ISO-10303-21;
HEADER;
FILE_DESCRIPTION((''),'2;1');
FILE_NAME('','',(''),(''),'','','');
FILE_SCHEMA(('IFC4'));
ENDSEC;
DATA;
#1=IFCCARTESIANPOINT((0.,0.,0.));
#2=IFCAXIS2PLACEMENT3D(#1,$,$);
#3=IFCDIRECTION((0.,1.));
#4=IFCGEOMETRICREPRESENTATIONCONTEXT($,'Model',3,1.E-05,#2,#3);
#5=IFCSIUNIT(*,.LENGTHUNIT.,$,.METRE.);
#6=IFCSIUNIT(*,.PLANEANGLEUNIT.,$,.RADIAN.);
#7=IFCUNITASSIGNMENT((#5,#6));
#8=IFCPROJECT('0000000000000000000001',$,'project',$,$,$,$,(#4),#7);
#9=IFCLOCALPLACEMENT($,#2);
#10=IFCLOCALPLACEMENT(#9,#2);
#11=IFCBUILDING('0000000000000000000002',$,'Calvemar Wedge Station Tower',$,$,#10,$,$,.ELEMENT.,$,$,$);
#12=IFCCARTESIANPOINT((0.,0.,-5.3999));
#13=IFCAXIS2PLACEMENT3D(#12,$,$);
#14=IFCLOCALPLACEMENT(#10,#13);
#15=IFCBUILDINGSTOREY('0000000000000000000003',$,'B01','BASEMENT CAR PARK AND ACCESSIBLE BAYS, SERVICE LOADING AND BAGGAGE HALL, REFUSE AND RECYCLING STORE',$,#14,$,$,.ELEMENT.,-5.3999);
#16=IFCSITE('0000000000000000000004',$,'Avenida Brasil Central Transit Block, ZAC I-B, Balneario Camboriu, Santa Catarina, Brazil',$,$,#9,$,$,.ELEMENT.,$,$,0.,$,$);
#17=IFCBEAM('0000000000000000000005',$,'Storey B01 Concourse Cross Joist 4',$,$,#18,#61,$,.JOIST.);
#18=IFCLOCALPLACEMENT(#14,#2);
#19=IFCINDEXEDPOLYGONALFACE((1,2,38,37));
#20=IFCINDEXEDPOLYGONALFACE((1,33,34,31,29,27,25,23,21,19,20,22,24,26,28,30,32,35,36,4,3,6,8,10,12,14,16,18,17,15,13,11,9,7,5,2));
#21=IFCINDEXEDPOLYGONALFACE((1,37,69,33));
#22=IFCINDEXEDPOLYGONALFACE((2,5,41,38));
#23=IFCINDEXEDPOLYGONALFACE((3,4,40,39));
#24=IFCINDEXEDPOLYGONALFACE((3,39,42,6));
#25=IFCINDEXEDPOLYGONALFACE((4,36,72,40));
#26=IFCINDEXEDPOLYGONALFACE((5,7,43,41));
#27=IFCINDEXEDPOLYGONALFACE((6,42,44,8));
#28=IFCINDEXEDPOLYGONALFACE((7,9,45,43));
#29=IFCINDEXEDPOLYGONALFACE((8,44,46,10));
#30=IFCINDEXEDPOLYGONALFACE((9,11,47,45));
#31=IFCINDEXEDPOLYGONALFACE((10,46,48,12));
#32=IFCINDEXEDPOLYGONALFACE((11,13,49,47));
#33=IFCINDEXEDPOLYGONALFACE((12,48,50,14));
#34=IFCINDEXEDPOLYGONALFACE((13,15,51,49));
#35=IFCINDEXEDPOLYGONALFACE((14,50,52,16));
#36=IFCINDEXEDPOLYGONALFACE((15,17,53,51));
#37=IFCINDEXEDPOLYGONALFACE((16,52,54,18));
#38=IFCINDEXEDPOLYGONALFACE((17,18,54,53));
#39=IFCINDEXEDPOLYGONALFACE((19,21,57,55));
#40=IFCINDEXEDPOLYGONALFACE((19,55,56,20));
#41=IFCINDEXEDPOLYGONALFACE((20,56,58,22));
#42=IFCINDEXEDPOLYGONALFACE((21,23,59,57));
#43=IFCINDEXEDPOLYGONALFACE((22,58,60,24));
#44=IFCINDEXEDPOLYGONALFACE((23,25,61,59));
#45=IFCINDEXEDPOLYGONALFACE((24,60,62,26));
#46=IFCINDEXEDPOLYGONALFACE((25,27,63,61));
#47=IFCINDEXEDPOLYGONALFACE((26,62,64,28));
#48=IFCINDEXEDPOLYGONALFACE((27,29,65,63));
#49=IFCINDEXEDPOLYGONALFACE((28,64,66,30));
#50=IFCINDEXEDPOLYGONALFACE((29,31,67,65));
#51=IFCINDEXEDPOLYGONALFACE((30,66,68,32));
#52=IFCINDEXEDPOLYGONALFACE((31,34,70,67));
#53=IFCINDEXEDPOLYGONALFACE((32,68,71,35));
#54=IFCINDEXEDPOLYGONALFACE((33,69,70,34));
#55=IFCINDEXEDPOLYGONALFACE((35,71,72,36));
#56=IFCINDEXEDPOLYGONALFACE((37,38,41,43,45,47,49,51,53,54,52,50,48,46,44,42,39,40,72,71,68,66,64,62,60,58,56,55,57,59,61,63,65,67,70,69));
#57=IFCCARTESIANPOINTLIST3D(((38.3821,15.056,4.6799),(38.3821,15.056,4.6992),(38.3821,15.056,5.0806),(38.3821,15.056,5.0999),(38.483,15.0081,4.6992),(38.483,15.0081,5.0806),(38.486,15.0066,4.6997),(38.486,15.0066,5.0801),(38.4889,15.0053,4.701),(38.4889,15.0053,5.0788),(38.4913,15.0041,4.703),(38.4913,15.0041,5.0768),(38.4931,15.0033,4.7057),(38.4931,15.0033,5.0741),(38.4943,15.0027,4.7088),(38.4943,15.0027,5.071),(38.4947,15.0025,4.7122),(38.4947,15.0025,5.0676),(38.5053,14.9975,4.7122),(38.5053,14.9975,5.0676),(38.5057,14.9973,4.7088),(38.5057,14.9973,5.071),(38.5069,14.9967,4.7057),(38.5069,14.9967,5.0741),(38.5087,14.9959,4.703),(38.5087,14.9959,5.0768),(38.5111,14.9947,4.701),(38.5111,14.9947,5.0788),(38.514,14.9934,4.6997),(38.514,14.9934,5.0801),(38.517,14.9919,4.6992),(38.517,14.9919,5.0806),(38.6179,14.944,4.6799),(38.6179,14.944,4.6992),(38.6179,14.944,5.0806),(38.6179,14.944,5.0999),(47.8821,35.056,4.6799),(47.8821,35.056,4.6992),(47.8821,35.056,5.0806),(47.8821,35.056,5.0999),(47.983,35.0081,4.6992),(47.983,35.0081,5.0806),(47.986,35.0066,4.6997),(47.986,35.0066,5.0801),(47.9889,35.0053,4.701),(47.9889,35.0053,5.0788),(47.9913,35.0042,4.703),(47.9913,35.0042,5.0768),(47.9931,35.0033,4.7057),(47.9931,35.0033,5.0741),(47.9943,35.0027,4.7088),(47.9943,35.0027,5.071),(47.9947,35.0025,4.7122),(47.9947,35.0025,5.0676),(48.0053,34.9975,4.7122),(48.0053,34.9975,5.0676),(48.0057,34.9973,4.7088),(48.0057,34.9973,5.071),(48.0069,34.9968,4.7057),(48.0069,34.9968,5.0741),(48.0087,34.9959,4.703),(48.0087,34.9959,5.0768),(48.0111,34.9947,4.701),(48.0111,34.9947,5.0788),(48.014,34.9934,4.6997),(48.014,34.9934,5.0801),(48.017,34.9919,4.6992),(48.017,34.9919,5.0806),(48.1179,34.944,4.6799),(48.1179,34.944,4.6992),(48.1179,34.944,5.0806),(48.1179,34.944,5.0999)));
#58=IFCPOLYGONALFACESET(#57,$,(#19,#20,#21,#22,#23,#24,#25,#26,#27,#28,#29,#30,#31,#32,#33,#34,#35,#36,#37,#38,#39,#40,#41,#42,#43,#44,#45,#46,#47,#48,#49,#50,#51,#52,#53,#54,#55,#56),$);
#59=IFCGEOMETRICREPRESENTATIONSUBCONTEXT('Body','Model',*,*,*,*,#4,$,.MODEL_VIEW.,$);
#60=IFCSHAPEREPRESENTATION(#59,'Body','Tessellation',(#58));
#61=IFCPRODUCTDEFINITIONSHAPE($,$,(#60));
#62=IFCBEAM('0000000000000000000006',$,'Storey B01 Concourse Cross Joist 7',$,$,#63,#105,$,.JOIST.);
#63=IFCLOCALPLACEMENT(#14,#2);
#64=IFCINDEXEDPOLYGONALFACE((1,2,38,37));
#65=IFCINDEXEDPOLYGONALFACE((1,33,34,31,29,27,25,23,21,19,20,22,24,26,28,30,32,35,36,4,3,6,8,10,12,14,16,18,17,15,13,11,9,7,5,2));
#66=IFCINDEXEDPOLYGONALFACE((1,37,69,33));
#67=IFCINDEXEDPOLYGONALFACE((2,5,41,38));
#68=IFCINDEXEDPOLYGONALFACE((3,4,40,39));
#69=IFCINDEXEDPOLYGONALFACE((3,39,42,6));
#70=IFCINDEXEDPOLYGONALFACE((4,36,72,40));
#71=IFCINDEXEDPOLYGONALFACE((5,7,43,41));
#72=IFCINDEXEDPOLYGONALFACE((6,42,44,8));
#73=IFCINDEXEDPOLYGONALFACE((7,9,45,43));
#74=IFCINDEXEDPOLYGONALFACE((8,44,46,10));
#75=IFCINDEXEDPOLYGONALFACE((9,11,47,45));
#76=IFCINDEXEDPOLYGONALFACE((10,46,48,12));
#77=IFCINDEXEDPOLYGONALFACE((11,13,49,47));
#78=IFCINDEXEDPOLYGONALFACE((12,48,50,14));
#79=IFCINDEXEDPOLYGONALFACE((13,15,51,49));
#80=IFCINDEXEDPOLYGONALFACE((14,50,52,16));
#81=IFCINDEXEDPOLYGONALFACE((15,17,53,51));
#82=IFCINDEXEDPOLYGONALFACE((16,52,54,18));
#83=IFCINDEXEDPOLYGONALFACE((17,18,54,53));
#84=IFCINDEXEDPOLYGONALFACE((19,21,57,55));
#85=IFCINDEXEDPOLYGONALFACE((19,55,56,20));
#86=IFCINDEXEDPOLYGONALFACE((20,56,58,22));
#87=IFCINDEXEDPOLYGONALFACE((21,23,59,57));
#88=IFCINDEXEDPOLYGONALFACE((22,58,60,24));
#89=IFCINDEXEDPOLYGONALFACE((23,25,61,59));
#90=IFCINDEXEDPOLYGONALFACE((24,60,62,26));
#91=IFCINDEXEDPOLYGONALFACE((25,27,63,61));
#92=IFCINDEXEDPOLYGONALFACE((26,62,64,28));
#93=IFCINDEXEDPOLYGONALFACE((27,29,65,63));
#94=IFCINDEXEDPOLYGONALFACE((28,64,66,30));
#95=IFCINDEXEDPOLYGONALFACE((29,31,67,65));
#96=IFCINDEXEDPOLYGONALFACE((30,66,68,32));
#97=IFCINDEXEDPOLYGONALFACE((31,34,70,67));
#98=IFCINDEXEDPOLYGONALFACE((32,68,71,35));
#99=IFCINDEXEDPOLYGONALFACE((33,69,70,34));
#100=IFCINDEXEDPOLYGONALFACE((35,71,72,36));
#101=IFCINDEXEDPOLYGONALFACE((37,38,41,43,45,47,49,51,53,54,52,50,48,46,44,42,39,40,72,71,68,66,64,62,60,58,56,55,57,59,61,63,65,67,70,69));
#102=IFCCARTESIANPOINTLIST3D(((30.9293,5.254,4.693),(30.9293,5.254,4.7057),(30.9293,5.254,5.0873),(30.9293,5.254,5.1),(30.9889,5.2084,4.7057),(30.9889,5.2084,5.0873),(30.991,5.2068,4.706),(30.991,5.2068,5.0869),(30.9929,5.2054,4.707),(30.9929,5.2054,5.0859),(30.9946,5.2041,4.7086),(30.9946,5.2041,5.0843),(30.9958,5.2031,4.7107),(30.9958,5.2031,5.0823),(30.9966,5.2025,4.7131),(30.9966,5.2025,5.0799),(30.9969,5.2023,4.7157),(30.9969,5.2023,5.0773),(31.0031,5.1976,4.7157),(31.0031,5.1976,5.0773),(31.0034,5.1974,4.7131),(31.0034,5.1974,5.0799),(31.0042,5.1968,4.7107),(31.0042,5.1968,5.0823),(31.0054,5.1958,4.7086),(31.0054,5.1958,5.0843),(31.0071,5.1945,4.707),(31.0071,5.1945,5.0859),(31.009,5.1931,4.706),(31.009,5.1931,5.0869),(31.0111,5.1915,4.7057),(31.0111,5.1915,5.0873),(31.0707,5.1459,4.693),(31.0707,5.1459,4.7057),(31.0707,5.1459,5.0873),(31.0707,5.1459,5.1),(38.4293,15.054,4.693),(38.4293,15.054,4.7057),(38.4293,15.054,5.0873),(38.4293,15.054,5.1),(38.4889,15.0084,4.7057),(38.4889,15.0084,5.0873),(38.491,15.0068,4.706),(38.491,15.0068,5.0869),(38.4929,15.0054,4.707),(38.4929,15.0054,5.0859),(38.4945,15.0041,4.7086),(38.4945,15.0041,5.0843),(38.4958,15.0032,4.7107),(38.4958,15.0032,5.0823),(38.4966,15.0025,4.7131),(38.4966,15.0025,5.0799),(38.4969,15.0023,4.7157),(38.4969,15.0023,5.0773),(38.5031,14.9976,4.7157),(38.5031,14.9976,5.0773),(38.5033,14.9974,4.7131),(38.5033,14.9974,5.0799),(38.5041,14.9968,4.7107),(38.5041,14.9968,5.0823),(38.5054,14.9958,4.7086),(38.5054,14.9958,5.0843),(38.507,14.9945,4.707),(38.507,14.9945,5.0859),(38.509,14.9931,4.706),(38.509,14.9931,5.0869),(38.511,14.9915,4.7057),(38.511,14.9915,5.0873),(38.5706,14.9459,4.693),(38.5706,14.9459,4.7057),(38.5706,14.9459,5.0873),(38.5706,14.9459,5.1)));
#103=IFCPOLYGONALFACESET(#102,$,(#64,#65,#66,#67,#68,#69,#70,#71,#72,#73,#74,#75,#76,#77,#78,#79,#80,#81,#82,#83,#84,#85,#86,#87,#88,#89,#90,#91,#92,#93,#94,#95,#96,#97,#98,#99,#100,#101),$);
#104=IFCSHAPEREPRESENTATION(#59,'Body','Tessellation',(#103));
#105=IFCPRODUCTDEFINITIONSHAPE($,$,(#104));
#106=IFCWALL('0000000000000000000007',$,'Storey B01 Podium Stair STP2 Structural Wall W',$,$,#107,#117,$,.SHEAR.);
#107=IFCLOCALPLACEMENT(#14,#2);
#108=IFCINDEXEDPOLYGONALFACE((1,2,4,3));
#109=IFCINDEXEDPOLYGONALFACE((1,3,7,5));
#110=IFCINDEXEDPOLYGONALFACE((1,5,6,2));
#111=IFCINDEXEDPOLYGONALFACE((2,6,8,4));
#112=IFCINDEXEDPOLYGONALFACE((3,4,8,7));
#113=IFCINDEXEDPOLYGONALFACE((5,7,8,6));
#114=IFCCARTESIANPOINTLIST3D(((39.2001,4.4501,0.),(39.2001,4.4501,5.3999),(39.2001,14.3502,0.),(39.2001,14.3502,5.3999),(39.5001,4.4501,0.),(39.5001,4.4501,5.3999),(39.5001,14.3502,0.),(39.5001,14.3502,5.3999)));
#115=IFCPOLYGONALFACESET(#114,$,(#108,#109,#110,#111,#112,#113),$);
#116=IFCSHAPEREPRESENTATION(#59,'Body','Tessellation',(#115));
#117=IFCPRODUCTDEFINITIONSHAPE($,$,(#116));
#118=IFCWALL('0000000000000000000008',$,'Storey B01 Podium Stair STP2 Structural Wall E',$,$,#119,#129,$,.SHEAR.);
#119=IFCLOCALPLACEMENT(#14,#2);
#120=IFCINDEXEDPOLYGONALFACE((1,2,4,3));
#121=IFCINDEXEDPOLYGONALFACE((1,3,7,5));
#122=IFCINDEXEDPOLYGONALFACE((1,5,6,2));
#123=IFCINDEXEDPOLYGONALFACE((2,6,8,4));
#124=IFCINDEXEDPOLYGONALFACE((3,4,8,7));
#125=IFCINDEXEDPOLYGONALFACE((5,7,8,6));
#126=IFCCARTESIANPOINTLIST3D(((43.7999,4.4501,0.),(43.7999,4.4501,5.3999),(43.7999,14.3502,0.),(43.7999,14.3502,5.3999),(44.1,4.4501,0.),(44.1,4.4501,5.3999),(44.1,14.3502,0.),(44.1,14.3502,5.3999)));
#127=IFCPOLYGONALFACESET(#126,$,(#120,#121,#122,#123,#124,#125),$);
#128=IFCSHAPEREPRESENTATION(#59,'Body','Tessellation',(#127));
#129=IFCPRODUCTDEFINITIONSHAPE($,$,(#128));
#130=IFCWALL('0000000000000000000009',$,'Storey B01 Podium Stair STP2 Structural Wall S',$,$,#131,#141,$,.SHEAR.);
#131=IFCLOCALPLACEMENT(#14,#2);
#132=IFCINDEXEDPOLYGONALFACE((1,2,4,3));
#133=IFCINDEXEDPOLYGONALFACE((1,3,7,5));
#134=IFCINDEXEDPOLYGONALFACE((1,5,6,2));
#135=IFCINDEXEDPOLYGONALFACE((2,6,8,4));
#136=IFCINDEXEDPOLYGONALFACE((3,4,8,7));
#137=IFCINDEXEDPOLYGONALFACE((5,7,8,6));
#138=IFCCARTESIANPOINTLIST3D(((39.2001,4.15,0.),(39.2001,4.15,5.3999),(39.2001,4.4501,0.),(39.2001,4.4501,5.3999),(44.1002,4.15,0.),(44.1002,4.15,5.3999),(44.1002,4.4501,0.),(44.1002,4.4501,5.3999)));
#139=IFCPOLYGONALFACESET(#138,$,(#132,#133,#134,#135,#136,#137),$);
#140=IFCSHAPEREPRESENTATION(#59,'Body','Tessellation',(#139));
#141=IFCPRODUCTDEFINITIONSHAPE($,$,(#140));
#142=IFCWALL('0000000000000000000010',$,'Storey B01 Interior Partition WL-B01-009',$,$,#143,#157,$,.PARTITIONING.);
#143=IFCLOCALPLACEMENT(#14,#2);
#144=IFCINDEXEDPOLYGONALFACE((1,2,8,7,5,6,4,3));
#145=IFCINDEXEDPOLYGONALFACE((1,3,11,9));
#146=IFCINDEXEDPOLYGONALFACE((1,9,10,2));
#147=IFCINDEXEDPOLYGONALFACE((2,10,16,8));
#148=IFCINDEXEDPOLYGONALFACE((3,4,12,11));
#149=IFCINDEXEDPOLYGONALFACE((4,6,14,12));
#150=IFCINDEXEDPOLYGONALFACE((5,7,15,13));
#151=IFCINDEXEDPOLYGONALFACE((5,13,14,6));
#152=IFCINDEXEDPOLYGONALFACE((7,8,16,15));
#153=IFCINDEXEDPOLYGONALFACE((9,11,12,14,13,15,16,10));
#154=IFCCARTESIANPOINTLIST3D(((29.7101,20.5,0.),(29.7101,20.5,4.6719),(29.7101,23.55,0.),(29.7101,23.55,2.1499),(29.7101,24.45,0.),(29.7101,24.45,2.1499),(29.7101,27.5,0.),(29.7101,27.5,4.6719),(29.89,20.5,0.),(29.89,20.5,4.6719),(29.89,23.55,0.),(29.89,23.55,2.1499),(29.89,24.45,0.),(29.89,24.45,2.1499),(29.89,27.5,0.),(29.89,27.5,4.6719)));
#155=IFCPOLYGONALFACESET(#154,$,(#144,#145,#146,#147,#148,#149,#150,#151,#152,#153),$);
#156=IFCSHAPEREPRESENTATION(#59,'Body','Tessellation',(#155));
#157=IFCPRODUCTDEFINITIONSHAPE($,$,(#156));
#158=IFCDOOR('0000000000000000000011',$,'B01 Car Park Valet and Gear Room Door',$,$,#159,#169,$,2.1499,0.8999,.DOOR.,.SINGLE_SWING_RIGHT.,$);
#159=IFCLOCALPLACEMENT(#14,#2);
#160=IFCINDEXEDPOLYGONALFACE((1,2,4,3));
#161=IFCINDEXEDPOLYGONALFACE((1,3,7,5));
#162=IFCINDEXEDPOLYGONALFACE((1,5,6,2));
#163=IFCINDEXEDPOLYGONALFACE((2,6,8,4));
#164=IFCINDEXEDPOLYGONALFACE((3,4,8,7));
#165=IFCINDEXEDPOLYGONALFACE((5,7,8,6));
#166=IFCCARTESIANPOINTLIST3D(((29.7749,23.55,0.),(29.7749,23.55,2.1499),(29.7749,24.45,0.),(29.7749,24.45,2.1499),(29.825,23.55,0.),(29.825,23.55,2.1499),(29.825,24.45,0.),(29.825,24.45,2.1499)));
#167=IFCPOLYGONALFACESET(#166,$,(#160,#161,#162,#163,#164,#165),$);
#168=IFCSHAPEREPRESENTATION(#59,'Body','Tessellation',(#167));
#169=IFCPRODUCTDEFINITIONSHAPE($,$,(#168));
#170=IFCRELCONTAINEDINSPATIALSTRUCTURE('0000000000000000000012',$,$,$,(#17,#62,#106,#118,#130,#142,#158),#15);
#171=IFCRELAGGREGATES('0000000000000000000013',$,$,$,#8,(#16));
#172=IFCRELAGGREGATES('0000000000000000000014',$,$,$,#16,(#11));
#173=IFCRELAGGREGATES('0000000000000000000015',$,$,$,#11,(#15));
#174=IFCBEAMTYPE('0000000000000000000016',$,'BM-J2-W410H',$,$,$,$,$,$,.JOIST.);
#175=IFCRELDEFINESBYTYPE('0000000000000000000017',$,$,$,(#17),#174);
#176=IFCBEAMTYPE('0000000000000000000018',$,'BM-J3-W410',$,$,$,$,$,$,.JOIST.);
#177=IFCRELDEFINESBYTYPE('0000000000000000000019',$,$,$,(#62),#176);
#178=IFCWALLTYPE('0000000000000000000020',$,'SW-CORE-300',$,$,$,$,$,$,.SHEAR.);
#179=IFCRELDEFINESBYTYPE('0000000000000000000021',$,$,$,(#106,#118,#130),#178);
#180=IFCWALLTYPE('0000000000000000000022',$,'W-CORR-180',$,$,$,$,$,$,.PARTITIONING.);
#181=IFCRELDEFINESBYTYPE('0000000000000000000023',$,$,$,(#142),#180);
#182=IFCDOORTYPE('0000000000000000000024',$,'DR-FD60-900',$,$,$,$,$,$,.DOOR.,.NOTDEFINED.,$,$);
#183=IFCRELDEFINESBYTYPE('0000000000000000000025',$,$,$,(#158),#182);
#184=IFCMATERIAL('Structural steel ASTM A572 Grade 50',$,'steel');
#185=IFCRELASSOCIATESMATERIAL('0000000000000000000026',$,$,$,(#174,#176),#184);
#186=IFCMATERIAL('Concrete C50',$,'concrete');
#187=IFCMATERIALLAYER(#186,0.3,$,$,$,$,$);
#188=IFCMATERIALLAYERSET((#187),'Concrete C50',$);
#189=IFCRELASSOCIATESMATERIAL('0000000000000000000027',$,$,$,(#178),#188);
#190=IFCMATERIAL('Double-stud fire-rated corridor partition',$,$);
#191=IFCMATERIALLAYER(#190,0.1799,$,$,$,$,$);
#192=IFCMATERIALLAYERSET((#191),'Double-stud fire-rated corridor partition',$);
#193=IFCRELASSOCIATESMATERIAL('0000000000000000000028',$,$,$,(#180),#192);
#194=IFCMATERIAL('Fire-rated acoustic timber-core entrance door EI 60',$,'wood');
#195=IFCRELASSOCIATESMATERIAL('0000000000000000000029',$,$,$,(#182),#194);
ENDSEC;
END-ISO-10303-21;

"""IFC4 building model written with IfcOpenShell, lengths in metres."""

from ifc_helpers import new_model, si_unit, direction, frame, frame_2d, origin, origin_2d, place, context, subcontext, project, spatial, rectangle, i_section, extrude, source, transform, mapped, material, layer, layer_set, material_profile, profile_set, type_object, element, fill, save


model = new_model("IFC4")

# Units and contexts
model_context = context("Model", 3, precision=1e-05, world=origin(), true_north=direction((0.0, 1.0)))
body_context = subcontext(model_context, "Body", "Model", "MODEL_VIEW")
ifc_project = project(units=[si_unit("LENGTHUNIT", "METRE"), si_unit("PLANEANGLEUNIT", "RADIAN")], contexts=[model_context])

# Site, building, storey
site_placement = place(None, origin())
site = spatial("IfcSite", under=ifc_project, at=site_placement, Name="Avenida Brasil Central Transit Block, ZAC I-B, Balneario Camboriu, Santa Catarina, Brazil", CompositionType="ELEMENT", RefElevation=0.0)
building_placement = place(site_placement, origin())
building = spatial("IfcBuilding", under=site, at=building_placement, Name="Calvemar Wedge Station Tower", CompositionType="ELEMENT")
storey_placement = place(building_placement, frame((0.0, 0.0, -5.3999)))
storey = spatial("IfcBuildingStorey", under=building, at=storey_placement, Name="B01", Description="BASEMENT CAR PARK AND ACCESSIBLE BAYS, SERVICE LOADING AND BAGGAGE HALL, REFUSE AND RECYCLING STORE", CompositionType="ELEMENT", Elevation=-5.3999)

# Beams
ifc_material_1 = material(Name="Structural steel ASTM A572 Grade 50", Category="steel")
ifc_material_2 = material(Name="Concrete C50", Category="concrete")
ifc_material_profile_1 = material_profile(ifc_material_1, i_section(OverallWidth=0.261, OverallDepth=0.4199, WebThickness=0.0117, FlangeThickness=0.0193, FilletRadius=0.0129, at=origin_2d()), Name="W410x114")
ifc_profile_set_1 = profile_set([ifc_material_profile_1], Name="Structural steel ASTM A572 Grade 50")
beam_type_1 = type_object("IfcBeamType", Name="BM-J2-W410H", PredefinedType="JOIST", material=ifc_profile_set_1)
shared_shape_1 = source(origin(), body_context, "Body", "SweptSolid", [
    extrude(i_section(OverallWidth=0.261, OverallDepth=0.4199, WebThickness=0.0117, FlangeThickness=0.0193, FilletRadius=0.0129, at=origin_2d()), origin(), (0.0, 0.0, 1.0), 22.1416),
])
beam_1_placement = place(storey_placement, frame((38.5, 15.0, 4.8899), z_axis=(0.429057, 0.903278, 0.0), x_axis=(-0.903278, 0.429057, 0.0)))
element("IfcBeam", 1, at=beam_1_placement, inside=storey, type_object=beam_type_1, Name="Storey B01 Concourse Cross Joist 4", PredefinedType="JOIST", context=body_context, shape_type="MappedRepresentation", body=[
    mapped(shared_shape_1, transform((0.0, 0.0, 0.0), scale=1.0)),
])
ifc_material_profile_2 = material_profile(ifc_material_1, i_section(OverallWidth=0.178, OverallDepth=0.407, WebThickness=0.0078, FlangeThickness=0.0127, FilletRadius=0.01, at=origin_2d()), Name="W410x60")
ifc_profile_set_2 = profile_set([ifc_material_profile_2], Name="Structural steel ASTM A572 Grade 50")
beam_type_2 = type_object("IfcBeamType", Name="BM-J3-W410", PredefinedType="JOIST", material=ifc_profile_set_2)
shared_shape_2 = source(origin(), body_context, "Body", "SweptSolid", [
    extrude(i_section(OverallWidth=0.178, OverallDepth=0.407, WebThickness=0.0078, FlangeThickness=0.0127, FilletRadius=0.01, at=origin_2d()), origin(), (0.0, 0.0, 1.0), 12.3406),
])
beam_2_placement = place(storey_placement, frame((31.0, 5.2, 4.8965), z_axis=(0.607749, 0.794129, 0.0), x_axis=(-0.794129, 0.607749, 0.0)))
element("IfcBeam", 2, at=beam_2_placement, inside=storey, type_object=beam_type_2, Name="Storey B01 Concourse Cross Joist 7", PredefinedType="JOIST", context=body_context, shape_type="MappedRepresentation", body=[
    mapped(shared_shape_2, transform((0.0, 0.0, 0.0), scale=1.0)),
])

# Walls
ifc_layer_1 = layer(ifc_material_2, 0.3)
ifc_layer_set_1 = layer_set([ifc_layer_1], Name="Concrete C50")
wall_type_1 = type_object("IfcWallType", Name="SW-CORE-300", PredefinedType="SHEAR", material=ifc_layer_set_1)
for number, where, z_axis, x_axis, name in (
    (3, (39.3501, 4.45, 0.0), (0.0, 0.0, 1.0), (0.0, 1.0, 0.0), "Storey B01 Podium Stair STP2 Structural Wall W"),
    (4, (43.95, 4.45, 0.0), (0.0, 0.0, 1.0), (0.0, 1.0, 0.0), "Storey B01 Podium Stair STP2 Structural Wall E"),
):
    element("IfcWall", number, at=place(storey_placement, frame(where, z_axis=z_axis, x_axis=x_axis)), inside=storey, type_object=wall_type_1, Name=name, PredefinedType="SHEAR", context=body_context, shape_type="SweptSolid", body=[
        extrude(rectangle(XDim=9.9001, YDim=0.3, at=frame_2d((4.9502, 0.0))), origin(), (0.0, 0.0, 1.0), 5.3999),
    ])
wall_1_placement = place(storey_placement, frame((39.2, 4.3, 0.0), z_axis=(0.0, 0.0, 1.0), x_axis=(1.0, 0.0, 0.0)))
element("IfcWall", 5, at=wall_1_placement, inside=storey, type_object=wall_type_1, Name="Storey B01 Podium Stair STP2 Structural Wall S", PredefinedType="SHEAR", context=body_context, shape_type="SweptSolid", body=[
    extrude(rectangle(XDim=4.9001, YDim=0.3, at=frame_2d((2.4502, 0.0))), origin(), (0.0, 0.0, 1.0), 5.3999),
])

# Wall, opening, door
ifc_material_3 = material(Name="Double-stud fire-rated corridor partition")
ifc_layer_2 = layer(ifc_material_3, 0.1799)
ifc_layer_set_2 = layer_set([ifc_layer_2], Name="Double-stud fire-rated corridor partition")
wall_type_2 = type_object("IfcWallType", Name="W-CORR-180", PredefinedType="PARTITIONING", material=ifc_layer_set_2)
wall_2_placement = place(storey_placement, frame((29.8, 27.5, 0.0), z_axis=(0.0, 0.0, 1.0), x_axis=(0.0, -1.0, 0.0)))
wall_2 = element("IfcWall", 6, at=wall_2_placement, inside=storey, type_object=wall_type_2, Name="Storey B01 Interior Partition WL-B01-009", PredefinedType="PARTITIONING", context=body_context, shape_type="SweptSolid", body=[
    extrude(rectangle(XDim=7.0, YDim=0.1799, at=frame_2d((3.5, 0.0))), origin(), (0.0, 0.0, 1.0), 4.6719),
])
shared_shape_3 = source(origin(), body_context, "Body", "SweptSolid", [
    extrude(rectangle(XDim=0.8999, YDim=2.1499, at=frame_2d((0.45, 1.075))), frame((0.0, 0.1001, 0.0), z_axis=(0.0, -1.0, 0.0), x_axis=(1.0, 0.0, 0.0)), (0.0, 0.0, 1.0), 0.2),
])
opening_1_placement = place(wall_2_placement, frame((3.05, 0.0, 0.0)))
opening_1 = element("IfcOpeningElement", 7, at=opening_1_placement, cuts=wall_2, PredefinedType="OPENING", context=body_context, shape_type="MappedRepresentation", body=[
    mapped(shared_shape_3, transform((0.0, 0.0, 0.0), scale=1.0)),
])
ifc_material_4 = material(Name="Fire-rated acoustic timber-core entrance door EI 60", Category="wood")
door_type_1 = type_object("IfcDoorType", Name="DR-FD60-900", OperationType="NOTDEFINED", PredefinedType="DOOR", material=ifc_material_4)
shared_shape_4 = source(origin(), body_context, "Body", "SweptSolid", [
    extrude(rectangle(XDim=0.8999, YDim=2.1499, at=frame_2d((0.45, 1.075))), frame((0.0, 0.0249, 0.0), z_axis=(0.0, -1.0, 0.0), x_axis=(1.0, 0.0, 0.0)), (0.0, 0.0, 1.0), 0.05),
])
door_1_placement = place(opening_1_placement, origin())
door_1 = element("IfcDoor", 8, at=door_1_placement, inside=storey, type_object=door_type_1, Name="B01 Car Park Valet and Gear Room Door", OperationType="SINGLE_SWING_RIGHT", OverallHeight=2.1499, OverallWidth=0.8999, PredefinedType="DOOR", context=body_context, shape_type="MappedRepresentation", body=[
    mapped(shared_shape_4, transform((0.0, 0.0, 0.0), scale=1.0)),
])
fill(opening_1, door_1)

save(model, "model.ifc")
